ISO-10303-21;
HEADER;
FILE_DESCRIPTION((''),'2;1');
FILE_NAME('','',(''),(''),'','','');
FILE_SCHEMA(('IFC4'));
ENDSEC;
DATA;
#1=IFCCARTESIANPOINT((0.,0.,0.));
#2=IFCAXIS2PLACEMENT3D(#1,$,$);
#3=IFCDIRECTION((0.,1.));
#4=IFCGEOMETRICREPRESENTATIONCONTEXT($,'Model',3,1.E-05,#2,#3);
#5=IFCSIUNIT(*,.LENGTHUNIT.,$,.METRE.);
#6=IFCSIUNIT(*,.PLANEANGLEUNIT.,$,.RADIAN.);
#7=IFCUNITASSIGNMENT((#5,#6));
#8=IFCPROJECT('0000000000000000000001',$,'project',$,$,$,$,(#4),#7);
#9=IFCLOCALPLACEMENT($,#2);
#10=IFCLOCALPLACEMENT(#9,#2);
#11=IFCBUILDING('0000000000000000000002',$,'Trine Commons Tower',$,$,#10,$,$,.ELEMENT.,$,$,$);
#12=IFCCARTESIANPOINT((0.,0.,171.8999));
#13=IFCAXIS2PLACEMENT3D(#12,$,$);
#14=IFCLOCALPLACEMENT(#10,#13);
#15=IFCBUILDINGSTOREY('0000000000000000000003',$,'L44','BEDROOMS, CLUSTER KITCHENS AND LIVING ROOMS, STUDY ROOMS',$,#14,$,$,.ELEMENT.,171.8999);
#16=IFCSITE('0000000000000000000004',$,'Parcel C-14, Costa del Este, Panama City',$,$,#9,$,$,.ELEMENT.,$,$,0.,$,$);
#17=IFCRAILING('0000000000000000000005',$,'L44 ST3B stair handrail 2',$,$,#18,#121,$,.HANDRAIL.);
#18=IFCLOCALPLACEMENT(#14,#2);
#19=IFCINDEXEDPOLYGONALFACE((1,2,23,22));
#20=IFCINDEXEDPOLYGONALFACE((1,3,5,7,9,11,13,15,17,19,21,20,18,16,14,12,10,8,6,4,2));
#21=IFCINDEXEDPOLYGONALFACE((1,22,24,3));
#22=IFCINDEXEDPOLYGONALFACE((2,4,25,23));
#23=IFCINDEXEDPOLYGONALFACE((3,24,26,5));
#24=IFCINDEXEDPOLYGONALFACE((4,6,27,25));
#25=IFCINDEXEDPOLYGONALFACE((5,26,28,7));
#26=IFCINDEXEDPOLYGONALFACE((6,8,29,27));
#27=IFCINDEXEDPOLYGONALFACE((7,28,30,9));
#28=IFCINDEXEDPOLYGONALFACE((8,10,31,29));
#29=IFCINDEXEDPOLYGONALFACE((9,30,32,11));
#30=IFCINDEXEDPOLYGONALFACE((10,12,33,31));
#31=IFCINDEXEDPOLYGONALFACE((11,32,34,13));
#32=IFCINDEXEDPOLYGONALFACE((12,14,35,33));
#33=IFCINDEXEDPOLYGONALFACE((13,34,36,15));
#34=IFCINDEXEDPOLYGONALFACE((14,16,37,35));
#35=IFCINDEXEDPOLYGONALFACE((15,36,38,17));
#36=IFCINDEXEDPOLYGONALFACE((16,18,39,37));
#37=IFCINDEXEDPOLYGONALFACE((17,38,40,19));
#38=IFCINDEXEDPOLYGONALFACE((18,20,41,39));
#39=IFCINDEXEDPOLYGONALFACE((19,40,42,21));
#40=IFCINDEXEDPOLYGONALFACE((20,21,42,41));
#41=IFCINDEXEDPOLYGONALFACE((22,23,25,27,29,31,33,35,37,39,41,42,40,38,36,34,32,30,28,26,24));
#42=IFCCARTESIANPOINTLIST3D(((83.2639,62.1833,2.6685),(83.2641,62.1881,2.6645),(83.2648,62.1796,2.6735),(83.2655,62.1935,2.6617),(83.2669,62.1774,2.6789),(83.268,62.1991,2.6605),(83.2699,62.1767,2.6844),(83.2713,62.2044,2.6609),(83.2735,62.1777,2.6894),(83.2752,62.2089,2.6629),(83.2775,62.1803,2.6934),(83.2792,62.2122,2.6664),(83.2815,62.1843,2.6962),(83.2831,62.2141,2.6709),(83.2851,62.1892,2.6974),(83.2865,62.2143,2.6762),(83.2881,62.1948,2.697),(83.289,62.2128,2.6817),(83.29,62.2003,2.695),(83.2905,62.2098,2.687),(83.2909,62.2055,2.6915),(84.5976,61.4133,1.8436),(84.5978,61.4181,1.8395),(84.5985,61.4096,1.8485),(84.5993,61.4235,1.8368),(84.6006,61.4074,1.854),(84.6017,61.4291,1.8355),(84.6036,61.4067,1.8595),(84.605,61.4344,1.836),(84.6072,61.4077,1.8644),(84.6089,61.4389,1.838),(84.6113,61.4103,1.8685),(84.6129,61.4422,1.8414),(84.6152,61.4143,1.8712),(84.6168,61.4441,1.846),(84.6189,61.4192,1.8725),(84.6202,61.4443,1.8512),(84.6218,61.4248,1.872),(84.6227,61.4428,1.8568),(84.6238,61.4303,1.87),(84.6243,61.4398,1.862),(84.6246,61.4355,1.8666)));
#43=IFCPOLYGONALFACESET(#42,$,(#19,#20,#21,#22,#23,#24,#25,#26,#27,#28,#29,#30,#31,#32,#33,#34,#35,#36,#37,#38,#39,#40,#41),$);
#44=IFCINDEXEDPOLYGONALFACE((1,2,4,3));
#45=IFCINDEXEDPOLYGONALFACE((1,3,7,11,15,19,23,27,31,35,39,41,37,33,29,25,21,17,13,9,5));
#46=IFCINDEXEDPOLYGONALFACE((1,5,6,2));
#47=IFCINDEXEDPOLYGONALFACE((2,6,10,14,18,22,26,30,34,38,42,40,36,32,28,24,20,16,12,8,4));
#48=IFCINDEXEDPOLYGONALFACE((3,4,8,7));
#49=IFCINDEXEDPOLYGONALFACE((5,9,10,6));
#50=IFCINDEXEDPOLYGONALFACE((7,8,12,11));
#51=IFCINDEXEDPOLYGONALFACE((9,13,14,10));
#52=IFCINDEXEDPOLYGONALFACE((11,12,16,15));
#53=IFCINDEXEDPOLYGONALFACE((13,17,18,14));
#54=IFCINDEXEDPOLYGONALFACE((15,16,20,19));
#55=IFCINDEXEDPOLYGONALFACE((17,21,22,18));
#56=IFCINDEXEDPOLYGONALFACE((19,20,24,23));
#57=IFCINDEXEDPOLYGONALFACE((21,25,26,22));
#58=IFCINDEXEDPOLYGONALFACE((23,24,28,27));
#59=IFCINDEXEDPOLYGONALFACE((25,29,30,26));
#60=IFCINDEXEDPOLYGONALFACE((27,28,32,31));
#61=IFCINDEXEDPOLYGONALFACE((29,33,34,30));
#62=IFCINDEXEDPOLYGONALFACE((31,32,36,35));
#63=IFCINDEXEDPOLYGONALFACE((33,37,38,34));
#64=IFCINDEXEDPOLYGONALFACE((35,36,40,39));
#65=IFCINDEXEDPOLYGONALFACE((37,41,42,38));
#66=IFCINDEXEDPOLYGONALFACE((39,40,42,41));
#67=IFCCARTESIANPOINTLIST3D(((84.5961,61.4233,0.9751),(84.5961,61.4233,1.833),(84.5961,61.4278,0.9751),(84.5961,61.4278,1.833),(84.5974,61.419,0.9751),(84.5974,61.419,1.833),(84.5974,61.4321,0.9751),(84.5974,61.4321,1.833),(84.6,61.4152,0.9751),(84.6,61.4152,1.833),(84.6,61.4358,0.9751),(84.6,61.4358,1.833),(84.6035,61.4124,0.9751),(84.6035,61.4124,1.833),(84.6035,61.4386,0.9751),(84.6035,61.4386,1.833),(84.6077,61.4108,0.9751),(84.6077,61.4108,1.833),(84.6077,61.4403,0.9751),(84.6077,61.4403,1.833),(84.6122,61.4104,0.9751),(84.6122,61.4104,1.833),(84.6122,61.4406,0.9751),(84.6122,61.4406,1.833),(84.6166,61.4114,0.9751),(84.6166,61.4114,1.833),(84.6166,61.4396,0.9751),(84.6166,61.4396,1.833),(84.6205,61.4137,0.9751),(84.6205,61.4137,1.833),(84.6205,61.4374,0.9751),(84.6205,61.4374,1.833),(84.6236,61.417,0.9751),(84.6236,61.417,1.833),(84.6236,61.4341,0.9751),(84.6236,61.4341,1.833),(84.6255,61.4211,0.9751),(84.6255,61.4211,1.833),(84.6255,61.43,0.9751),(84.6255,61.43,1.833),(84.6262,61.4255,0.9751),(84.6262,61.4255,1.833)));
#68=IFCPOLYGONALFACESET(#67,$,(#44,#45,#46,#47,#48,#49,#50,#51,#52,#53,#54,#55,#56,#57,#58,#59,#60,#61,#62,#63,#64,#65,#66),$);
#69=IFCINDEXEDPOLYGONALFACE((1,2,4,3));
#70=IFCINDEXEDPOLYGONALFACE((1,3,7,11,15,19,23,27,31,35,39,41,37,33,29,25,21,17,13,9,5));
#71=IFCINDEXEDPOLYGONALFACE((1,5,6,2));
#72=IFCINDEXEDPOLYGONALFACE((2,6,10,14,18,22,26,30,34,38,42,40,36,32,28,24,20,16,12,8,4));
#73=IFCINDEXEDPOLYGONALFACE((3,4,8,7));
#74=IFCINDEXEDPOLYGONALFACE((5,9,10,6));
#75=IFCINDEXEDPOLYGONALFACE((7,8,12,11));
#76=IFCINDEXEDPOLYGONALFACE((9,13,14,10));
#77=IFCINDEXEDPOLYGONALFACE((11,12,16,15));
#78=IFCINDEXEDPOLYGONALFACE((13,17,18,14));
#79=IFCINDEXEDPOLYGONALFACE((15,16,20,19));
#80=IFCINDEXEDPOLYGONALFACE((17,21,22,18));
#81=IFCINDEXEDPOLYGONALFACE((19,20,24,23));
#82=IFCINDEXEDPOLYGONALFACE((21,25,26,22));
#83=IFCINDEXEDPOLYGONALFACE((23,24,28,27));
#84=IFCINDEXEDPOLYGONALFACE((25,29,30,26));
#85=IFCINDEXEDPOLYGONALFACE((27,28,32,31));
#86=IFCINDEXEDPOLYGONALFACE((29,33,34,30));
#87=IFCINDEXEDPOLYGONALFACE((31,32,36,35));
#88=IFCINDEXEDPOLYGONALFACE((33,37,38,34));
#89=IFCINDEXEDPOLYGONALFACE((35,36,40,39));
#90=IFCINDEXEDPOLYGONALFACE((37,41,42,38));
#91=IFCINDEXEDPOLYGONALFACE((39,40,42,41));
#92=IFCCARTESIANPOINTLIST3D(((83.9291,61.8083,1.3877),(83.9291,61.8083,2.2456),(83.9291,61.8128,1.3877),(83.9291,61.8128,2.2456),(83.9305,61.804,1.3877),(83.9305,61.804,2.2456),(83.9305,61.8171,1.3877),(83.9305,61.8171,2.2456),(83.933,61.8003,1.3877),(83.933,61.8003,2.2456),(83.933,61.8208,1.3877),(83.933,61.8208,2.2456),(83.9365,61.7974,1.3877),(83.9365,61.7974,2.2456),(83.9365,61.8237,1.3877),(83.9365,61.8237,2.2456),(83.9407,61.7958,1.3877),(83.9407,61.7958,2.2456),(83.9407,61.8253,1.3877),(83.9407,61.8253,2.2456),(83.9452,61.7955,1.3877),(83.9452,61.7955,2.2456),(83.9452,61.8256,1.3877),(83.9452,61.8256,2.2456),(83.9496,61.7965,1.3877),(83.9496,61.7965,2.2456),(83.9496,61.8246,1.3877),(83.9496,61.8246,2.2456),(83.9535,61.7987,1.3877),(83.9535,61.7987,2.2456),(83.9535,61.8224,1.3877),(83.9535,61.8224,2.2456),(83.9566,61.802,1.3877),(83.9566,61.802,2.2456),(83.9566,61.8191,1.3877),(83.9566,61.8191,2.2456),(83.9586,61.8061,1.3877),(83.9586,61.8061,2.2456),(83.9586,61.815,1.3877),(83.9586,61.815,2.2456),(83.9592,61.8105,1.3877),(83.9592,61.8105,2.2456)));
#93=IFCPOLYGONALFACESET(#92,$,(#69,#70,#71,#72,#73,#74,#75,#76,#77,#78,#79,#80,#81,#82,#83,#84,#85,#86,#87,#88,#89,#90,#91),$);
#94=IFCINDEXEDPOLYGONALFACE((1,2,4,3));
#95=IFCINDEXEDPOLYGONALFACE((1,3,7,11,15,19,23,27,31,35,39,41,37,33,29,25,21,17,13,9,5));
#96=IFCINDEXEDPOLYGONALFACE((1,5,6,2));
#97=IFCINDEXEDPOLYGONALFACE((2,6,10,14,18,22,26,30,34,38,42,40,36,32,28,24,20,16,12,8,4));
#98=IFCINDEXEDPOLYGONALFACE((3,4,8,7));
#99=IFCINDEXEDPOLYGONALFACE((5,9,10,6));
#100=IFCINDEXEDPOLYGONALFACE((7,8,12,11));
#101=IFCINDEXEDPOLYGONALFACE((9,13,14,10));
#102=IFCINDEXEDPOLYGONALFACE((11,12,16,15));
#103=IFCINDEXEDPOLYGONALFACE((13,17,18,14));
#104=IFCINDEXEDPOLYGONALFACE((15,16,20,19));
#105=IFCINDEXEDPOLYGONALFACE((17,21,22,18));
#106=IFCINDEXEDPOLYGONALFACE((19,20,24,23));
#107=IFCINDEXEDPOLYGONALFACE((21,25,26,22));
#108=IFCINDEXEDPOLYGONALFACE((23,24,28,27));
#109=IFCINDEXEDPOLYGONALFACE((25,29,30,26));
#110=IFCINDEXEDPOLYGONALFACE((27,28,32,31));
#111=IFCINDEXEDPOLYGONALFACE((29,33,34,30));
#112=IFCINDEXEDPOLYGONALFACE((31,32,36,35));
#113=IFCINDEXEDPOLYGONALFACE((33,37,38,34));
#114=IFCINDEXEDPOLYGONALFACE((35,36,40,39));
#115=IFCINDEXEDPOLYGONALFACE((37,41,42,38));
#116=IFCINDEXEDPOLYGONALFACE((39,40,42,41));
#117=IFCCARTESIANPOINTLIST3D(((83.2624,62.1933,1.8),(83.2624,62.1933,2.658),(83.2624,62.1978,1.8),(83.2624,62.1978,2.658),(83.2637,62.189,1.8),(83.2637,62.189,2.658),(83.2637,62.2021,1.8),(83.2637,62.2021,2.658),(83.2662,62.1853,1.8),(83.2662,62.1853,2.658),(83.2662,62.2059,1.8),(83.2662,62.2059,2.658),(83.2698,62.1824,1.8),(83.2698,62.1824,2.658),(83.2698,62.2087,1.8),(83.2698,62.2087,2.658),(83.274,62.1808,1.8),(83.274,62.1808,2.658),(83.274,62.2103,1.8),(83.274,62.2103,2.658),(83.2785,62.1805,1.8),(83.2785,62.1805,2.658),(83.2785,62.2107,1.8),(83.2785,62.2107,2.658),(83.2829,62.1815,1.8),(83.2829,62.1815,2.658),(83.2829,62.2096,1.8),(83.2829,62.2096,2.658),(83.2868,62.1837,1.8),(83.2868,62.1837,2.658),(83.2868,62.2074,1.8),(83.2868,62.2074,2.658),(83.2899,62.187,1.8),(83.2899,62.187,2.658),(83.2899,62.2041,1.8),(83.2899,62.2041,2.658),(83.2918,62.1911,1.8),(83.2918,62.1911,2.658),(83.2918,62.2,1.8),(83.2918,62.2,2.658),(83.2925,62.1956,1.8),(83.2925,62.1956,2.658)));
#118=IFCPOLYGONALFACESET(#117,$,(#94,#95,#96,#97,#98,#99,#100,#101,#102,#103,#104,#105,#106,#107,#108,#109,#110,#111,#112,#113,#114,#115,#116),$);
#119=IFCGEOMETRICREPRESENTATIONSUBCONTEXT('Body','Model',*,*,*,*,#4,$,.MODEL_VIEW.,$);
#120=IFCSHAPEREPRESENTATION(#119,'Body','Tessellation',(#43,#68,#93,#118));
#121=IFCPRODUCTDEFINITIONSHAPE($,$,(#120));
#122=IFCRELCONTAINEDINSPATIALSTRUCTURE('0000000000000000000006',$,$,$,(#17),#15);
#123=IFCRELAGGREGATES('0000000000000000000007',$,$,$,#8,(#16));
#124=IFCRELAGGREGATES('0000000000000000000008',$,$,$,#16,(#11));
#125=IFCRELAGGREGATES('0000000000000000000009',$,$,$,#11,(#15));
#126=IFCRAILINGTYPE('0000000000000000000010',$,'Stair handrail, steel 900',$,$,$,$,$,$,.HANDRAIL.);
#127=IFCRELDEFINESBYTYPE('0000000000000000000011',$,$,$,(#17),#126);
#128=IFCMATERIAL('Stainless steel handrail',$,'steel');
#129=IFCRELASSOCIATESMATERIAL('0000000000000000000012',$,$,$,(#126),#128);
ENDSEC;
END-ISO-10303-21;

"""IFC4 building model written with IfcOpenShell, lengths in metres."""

from ifc_helpers import new_model, si_unit, direction, frame, origin, origin_2d, place, context, subcontext, project, spatial, circle, extrude, material, type_object, element, save


model = new_model("IFC4")

# Units and contexts
model_context = context("Model", 3, precision=1e-05, world=origin(), true_north=direction((0.0, 1.0)))
body_context = subcontext(model_context, "Body", "Model", "MODEL_VIEW")
ifc_project = project(units=[si_unit("LENGTHUNIT", "METRE"), si_unit("PLANEANGLEUNIT", "RADIAN")], contexts=[model_context])

# Site, building, storey
site_placement = place(None, origin())
site = spatial("IfcSite", under=ifc_project, at=site_placement, Name="Parcel C-14, Costa del Este, Panama City", CompositionType="ELEMENT", RefElevation=0.0)
building_placement = place(site_placement, origin())
building = spatial("IfcBuilding", under=site, at=building_placement, Name="Trine Commons Tower", CompositionType="ELEMENT")
storey_placement = place(building_placement, frame((0.0, 0.0, 171.8999)))
storey = spatial("IfcBuildingStorey", under=building, at=storey_placement, Name="L44", Description="BEDROOMS, CLUSTER KITCHENS AND LIVING ROOMS, STUDY ROOMS", CompositionType="ELEMENT", Elevation=171.8999)

# Railing
ifc_material_1 = material(Name="Stainless steel handrail", Category="steel")
railing_type_1 = type_object("IfcRailingType", Name="Stair handrail, steel 900", PredefinedType="HANDRAIL", material=ifc_material_1)
railing_1_placement = place(storey_placement, frame((84.6111, 61.4255, 0.9751)))
element("IfcRailing", 1, at=railing_1_placement, inside=storey, type_object=railing_type_1, Name="L44 ST3B stair handrail 2", PredefinedType="HANDRAIL", context=body_context, shape_type="SweptSolid", body=[
    extrude(circle(Radius=0.021, at=origin_2d()), frame((0.0, 0.0, 0.8789), z_axis=(-0.763405, 0.440743, 0.472185), x_axis=(-0.499992, -0.86603, 0.0)), (0.0, 0.0, 1.0), 1.7471),
    extrude(circle(Radius=0.0151, at=origin_2d()), origin(), (0.0, 0.0, 1.0), 0.8579),
    extrude(circle(Radius=0.0151, at=origin_2d()), frame((-0.667, 0.385, 0.4126)), (0.0, 0.0, 1.0), 0.8579),
    extrude(circle(Radius=0.0151, at=origin_2d()), frame((-1.3337, 0.77, 0.825)), (0.0, 0.0, 1.0), 0.8579),
])

save(model, "model.ifc")
